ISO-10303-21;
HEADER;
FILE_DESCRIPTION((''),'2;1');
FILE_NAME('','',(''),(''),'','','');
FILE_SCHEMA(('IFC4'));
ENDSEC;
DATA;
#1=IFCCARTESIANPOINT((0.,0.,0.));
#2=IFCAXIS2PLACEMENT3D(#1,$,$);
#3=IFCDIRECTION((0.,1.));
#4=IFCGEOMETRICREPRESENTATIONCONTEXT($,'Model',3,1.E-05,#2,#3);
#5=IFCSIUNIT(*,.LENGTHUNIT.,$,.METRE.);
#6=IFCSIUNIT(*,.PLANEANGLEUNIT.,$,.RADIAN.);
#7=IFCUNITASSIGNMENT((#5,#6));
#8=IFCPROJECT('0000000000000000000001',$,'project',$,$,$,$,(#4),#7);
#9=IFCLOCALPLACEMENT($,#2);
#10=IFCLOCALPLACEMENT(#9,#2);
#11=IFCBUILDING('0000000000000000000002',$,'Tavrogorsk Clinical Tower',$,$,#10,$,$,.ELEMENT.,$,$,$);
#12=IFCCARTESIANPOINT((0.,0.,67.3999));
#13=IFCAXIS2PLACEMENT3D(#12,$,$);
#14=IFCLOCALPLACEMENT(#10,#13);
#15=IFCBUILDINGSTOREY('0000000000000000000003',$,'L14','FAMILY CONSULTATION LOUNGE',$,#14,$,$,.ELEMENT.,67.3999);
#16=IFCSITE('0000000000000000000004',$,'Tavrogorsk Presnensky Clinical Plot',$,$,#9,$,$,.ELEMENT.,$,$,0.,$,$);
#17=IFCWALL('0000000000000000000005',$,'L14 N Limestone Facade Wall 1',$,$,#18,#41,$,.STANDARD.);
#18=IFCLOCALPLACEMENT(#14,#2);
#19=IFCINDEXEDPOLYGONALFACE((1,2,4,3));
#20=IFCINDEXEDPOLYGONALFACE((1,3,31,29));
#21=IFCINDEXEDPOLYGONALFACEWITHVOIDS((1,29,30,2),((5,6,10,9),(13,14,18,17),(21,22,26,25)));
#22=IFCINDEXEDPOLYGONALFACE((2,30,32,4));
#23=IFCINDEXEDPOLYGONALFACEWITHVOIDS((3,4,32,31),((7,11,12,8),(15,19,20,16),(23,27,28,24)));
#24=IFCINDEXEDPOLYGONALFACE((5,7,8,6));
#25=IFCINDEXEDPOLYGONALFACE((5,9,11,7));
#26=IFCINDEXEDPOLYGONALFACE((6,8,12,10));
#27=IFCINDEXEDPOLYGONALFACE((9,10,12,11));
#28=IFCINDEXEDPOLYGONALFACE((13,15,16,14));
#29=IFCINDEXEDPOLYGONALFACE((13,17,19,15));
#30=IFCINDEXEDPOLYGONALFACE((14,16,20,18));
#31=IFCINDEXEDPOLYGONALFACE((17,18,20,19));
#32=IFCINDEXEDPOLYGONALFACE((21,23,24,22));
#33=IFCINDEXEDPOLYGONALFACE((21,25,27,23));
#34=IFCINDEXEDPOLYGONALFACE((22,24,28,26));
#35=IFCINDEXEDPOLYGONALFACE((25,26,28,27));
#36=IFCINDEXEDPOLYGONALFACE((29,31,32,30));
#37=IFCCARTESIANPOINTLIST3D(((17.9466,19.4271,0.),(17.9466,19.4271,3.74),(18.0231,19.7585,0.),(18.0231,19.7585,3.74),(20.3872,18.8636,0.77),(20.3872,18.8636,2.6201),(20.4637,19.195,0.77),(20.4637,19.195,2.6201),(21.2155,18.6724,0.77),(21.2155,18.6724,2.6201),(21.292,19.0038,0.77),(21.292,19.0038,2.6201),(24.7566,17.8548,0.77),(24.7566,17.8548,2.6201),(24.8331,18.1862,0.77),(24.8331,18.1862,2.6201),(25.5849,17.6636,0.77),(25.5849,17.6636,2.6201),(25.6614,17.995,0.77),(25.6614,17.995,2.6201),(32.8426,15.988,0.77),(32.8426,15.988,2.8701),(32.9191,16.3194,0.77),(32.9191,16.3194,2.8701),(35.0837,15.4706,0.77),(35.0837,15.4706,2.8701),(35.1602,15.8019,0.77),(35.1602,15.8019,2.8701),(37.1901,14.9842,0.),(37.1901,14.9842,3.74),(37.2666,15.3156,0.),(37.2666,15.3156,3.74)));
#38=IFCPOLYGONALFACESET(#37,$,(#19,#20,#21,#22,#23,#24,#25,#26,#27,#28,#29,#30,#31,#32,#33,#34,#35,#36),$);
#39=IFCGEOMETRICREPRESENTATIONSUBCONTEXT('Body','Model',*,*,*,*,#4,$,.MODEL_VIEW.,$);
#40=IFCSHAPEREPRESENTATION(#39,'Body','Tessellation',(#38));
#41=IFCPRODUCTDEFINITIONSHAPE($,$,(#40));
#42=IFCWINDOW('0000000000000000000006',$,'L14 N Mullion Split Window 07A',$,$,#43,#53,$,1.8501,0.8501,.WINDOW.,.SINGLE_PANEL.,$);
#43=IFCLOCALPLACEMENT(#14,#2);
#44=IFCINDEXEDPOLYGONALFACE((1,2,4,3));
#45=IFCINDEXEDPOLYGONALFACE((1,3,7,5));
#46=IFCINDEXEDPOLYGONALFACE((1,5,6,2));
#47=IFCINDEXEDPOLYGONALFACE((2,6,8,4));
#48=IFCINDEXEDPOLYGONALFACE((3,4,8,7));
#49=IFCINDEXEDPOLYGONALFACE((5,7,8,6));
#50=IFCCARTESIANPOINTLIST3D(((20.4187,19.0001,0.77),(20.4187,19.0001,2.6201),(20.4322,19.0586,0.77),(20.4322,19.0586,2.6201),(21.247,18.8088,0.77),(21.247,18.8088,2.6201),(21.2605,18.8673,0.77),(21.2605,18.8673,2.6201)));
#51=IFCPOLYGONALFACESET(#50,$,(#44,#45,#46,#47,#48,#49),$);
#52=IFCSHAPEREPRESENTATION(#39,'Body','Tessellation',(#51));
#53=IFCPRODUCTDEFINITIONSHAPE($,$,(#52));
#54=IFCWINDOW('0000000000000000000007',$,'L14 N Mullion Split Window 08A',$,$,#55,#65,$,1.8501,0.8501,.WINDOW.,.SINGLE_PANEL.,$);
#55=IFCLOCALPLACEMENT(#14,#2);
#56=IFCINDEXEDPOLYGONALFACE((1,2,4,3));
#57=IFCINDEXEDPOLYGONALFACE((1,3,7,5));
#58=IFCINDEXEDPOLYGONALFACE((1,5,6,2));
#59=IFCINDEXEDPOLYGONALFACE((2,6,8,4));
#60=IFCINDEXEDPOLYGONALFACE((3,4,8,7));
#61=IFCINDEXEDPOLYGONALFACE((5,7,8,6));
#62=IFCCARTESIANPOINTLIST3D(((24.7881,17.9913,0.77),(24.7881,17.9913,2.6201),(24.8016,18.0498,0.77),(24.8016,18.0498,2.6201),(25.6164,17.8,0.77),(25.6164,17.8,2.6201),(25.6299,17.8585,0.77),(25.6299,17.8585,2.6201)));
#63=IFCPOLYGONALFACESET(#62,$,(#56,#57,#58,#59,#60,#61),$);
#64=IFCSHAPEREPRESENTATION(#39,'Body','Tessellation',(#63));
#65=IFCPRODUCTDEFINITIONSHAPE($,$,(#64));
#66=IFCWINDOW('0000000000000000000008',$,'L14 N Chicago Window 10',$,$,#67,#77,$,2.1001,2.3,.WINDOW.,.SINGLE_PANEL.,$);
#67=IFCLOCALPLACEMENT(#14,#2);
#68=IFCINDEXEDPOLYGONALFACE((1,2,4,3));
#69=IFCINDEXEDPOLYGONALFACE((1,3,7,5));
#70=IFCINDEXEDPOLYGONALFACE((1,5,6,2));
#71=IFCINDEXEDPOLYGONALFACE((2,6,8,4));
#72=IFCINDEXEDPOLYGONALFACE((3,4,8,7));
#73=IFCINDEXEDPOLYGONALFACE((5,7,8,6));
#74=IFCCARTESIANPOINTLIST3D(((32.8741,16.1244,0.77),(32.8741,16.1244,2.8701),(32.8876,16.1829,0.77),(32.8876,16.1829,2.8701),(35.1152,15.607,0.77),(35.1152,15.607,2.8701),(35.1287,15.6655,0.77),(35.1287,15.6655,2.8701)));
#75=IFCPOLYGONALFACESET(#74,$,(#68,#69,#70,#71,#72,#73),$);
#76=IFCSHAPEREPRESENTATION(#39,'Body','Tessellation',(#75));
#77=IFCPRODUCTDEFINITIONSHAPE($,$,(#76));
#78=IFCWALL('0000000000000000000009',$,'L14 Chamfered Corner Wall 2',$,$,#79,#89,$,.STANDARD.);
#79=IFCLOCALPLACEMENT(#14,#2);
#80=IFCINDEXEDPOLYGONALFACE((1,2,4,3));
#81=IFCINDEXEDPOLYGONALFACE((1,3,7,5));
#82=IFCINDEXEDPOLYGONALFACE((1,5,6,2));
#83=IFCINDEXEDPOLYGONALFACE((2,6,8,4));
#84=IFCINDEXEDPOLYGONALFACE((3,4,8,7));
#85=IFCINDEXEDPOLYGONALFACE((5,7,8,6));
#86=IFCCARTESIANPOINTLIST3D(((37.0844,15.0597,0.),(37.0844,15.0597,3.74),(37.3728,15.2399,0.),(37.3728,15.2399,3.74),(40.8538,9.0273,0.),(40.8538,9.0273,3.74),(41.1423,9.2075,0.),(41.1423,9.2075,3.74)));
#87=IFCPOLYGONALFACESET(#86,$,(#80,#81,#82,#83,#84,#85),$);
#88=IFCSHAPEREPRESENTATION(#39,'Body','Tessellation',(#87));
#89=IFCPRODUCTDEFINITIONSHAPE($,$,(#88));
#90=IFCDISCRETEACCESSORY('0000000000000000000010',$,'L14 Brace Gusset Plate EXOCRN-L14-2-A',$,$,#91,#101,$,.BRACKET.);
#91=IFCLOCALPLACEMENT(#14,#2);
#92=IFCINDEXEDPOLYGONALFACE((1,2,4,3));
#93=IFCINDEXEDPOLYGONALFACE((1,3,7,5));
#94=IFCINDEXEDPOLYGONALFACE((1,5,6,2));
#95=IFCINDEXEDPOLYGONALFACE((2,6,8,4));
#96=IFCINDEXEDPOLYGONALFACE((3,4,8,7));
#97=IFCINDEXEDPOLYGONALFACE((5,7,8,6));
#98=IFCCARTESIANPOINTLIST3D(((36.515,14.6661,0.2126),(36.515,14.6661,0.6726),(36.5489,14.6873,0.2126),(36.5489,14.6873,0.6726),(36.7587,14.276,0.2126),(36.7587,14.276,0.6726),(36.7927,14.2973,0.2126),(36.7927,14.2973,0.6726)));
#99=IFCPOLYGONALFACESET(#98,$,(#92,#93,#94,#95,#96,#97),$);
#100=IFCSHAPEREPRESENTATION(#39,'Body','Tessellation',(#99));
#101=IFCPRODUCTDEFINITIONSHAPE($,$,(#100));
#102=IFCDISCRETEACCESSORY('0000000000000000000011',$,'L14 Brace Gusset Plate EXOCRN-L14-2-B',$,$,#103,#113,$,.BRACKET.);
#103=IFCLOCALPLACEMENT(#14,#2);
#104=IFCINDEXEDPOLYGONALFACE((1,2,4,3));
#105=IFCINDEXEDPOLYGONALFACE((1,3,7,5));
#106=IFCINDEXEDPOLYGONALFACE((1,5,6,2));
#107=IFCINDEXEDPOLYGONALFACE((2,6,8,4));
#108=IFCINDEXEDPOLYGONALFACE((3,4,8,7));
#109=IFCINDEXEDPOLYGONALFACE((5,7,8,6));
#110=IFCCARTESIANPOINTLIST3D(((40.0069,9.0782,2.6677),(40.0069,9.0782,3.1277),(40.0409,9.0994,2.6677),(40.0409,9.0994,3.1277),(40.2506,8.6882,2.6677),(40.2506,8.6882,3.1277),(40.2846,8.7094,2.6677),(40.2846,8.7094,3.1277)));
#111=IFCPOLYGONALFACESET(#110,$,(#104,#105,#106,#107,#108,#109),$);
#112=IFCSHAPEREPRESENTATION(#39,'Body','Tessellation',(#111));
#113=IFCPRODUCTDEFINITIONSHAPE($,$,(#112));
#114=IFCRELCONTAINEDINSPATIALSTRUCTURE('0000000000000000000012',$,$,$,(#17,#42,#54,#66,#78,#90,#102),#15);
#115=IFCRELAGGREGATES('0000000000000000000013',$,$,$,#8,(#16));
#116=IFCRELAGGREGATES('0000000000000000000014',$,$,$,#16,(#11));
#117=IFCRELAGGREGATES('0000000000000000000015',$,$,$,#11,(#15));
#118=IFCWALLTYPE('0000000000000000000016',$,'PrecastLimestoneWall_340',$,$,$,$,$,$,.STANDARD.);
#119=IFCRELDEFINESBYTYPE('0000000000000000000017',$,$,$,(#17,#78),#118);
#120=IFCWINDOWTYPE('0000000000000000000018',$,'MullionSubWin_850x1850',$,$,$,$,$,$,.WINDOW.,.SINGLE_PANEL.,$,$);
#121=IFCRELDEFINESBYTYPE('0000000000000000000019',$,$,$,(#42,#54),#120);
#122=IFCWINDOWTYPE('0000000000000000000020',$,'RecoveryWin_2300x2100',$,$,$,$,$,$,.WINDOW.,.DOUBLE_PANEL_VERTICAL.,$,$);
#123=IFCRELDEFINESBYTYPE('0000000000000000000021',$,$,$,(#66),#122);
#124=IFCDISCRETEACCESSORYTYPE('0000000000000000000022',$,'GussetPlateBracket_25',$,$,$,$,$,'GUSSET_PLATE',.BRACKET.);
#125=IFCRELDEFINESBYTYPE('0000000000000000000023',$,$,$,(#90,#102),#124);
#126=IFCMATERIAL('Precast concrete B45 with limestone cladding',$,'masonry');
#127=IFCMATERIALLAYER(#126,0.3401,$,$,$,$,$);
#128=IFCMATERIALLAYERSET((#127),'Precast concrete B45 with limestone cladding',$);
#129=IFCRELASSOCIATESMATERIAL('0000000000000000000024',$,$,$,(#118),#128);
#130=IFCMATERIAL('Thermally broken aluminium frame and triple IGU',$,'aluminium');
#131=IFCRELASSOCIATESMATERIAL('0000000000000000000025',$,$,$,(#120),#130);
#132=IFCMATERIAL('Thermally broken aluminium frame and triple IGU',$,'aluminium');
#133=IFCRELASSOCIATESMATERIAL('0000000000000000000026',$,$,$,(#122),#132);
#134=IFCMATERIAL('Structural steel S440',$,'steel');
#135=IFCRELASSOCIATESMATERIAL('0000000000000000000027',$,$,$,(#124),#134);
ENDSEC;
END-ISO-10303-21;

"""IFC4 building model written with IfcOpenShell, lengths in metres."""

from ifc_helpers import new_model, si_unit, direction, frame, frame_2d, origin, origin_2d, place, context, subcontext, project, spatial, rectangle, extrude, material, layer, layer_set, type_object, element, fill, save


model = new_model("IFC4")

# Units and contexts
model_context = context("Model", 3, precision=1e-05, world=origin(), true_north=direction((0.0, 1.0)))
body_context = subcontext(model_context, "Body", "Model", "MODEL_VIEW")
ifc_project = project(units=[si_unit("LENGTHUNIT", "METRE"), si_unit("PLANEANGLEUNIT", "RADIAN")], contexts=[model_context])

# Site, building, storey
site_placement = place(None, origin())
site = spatial("IfcSite", under=ifc_project, at=site_placement, Name="Tavrogorsk Presnensky Clinical Plot", CompositionType="ELEMENT", RefElevation=0.0)
building_placement = place(site_placement, origin())
building = spatial("IfcBuilding", under=site, at=building_placement, Name="Tavrogorsk Clinical Tower", CompositionType="ELEMENT")
storey_placement = place(building_placement, frame((0.0, 0.0, 67.3999)))
storey = spatial("IfcBuildingStorey", under=building, at=storey_placement, Name="L14", Description="FAMILY CONSULTATION LOUNGE", CompositionType="ELEMENT", Elevation=67.3999)

# Wall, openings, windows
ifc_material_1 = material(Name="Precast concrete B45 with limestone cladding", Category="masonry")
ifc_layer_1 = layer(ifc_material_1, 0.3401)
ifc_layer_set_1 = layer_set([ifc_layer_1], Name="Precast concrete B45 with limestone cladding")
wall_type_1 = type_object("IfcWallType", Name="PrecastLimestoneWall_340", PredefinedType="STANDARD", material=ifc_layer_set_1)
wall_1_placement = place(storey_placement, frame((37.2285, 15.1499, 0.0), z_axis=(0.0, 0.0, 1.0), x_axis=(-0.974369, 0.224957, 0.0)))
wall_1 = element("IfcWall", 1, at=wall_1_placement, inside=storey, type_object=wall_type_1, Name="L14 N Limestone Facade Wall 1", PredefinedType="STANDARD", context=body_context, shape_type="SweptSolid", body=[
    extrude(rectangle(XDim=19.7498, YDim=0.3401, at=frame_2d((9.875, 0.0))), origin(), (0.0, 0.0, 1.0), 3.74),
])
opening_1_placement = place(wall_1_placement, frame((16.395, 0.0, 0.77)))
opening_1 = element("IfcOpeningElement", 2, at=opening_1_placement, cuts=wall_1, PredefinedType="OPENING", context=body_context, shape_type="SweptSolid", body=[
    extrude(rectangle(XDim=0.8501, YDim=1.8501, at=frame_2d((0.425, 0.925))), frame((0.0, 0.1799, 0.0), z_axis=(0.0, -1.0, 0.0), x_axis=(1.0, 0.0, 0.0)), (0.0, 0.0, 1.0), 0.3601),
])
opening_2_placement = place(wall_1_placement, frame((11.9106, 0.0, 0.77)))
opening_2 = element("IfcOpeningElement", 3, at=opening_2_placement, cuts=wall_1, PredefinedType="OPENING", context=body_context, shape_type="SweptSolid", body=[
    extrude(rectangle(XDim=0.8501, YDim=1.8501, at=frame_2d((0.425, 0.925))), frame((0.0, 0.1799, 0.0), z_axis=(0.0, -1.0, 0.0), x_axis=(1.0, 0.0, 0.0)), (0.0, 0.0, 1.0), 0.3601),
])
opening_3_placement = place(wall_1_placement, frame((2.1621, 0.0, 0.77)))
opening_3 = element("IfcOpeningElement", 4, at=opening_3_placement, cuts=wall_1, PredefinedType="OPENING", context=body_context, shape_type="SweptSolid", body=[
    extrude(rectangle(XDim=2.3, YDim=2.1001, at=frame_2d((1.1499, 1.05))), frame((0.0, 0.1799, 0.0), z_axis=(0.0, -1.0, 0.0), x_axis=(1.0, 0.0, 0.0)), (0.0, 0.0, 1.0), 0.3601),
])
ifc_material_2 = material(Name="Thermally broken aluminium frame and triple IGU", Category="aluminium")
window_type_1 = type_object("IfcWindowType", Name="MullionSubWin_850x1850", PartitioningType="SINGLE_PANEL", PredefinedType="WINDOW", material=ifc_material_2)
window_1_placement = place(opening_1_placement, origin())
window_1 = element("IfcWindow", 5, at=window_1_placement, inside=storey, type_object=window_type_1, Name="L14 N Mullion Split Window 07A", OverallHeight=1.8501, OverallWidth=0.8501, PartitioningType="SINGLE_PANEL", PredefinedType="WINDOW", context=body_context, shape_type="SweptSolid", body=[
    extrude(rectangle(XDim=0.8501, YDim=1.8501, at=frame_2d((0.425, 0.925))), frame((0.0, 0.03, 0.0), z_axis=(0.0, -1.0, 0.0), x_axis=(1.0, 0.0, 0.0)), (0.0, 0.0, 1.0), 0.0601),
])
fill(opening_1, window_1)
window_2_placement = place(opening_2_placement, origin())
window_2 = element("IfcWindow", 6, at=window_2_placement, inside=storey, type_object=window_type_1, Name="L14 N Mullion Split Window 08A", OverallHeight=1.8501, OverallWidth=0.8501, PartitioningType="SINGLE_PANEL", PredefinedType="WINDOW", context=body_context, shape_type="SweptSolid", body=[
    extrude(rectangle(XDim=0.8501, YDim=1.8501, at=frame_2d((0.425, 0.925))), frame((0.0, 0.03, 0.0), z_axis=(0.0, -1.0, 0.0), x_axis=(1.0, 0.0, 0.0)), (0.0, 0.0, 1.0), 0.0601),
])
fill(opening_2, window_2)
ifc_material_3 = material(Name="Thermally broken aluminium frame and triple IGU", Category="aluminium")
window_type_2 = type_object("IfcWindowType", Name="RecoveryWin_2300x2100", PartitioningType="DOUBLE_PANEL_VERTICAL", PredefinedType="WINDOW", material=ifc_material_3)
window_3_placement = place(opening_3_placement, origin())
window_3 = element("IfcWindow", 7, at=window_3_placement, inside=storey, type_object=window_type_2, Name="L14 N Chicago Window 10", OverallHeight=2.1001, OverallWidth=2.3, PartitioningType="SINGLE_PANEL", PredefinedType="WINDOW", context=body_context, shape_type="SweptSolid", body=[
    extrude(rectangle(XDim=2.3, YDim=2.1001, at=frame_2d((1.1499, 1.05))), frame((0.0, 0.03, 0.0), z_axis=(0.0, -1.0, 0.0), x_axis=(1.0, 0.0, 0.0)), (0.0, 0.0, 1.0), 0.0601),
])
fill(opening_3, window_3)

# Wall
wall_2_placement = place(storey_placement, frame((40.998, 9.1174, 0.0), z_axis=(0.0, 0.0, 1.0), x_axis=(-0.529922, 0.848047, 0.0)))
element("IfcWall", 8, at=wall_2_placement, inside=storey, type_object=wall_type_1, Name="L14 Chamfered Corner Wall 2", PredefinedType="STANDARD", context=body_context, shape_type="SweptSolid", body=[
    extrude(rectangle(XDim=7.1133, YDim=0.3401, at=frame_2d((3.5566, 0.0))), origin(), (0.0, 0.0, 1.0), 3.74),
])

# Discrete accessories
ifc_material_4 = material(Name="Structural steel S440", Category="steel")
discrete_accessory_type = type_object("IfcDiscreteAccessoryType", Name="GussetPlateBracket_25", ElementType="GUSSET_PLATE", PredefinedType="BRACKET", material=ifc_material_4)
for number, where, z_axis, x_axis, name in (
    (9, (36.6538, 14.4817, 0.2126), (0.0, 0.0, 1.0), (0.529919, -0.848048, 0.0), "L14 Brace Gusset Plate EXOCRN-L14-2-A"),
    (10, (40.1458, 8.8938, 2.6677), (0.0, 0.0, 1.0), (0.529919, -0.848048, 0.0), "L14 Brace Gusset Plate EXOCRN-L14-2-B"),
):
    element("IfcDiscreteAccessory", number, at=place(storey_placement, frame(where, z_axis=z_axis, x_axis=x_axis)), inside=storey, type_object=discrete_accessory_type, Name=name, PredefinedType="BRACKET", context=body_context, shape_type="SweptSolid", body=[
        extrude(rectangle(XDim=0.46, YDim=0.04, at=origin_2d()), origin(), (0.0, 0.0, 1.0), 0.46),
    ])

save(model, "model.ifc")
